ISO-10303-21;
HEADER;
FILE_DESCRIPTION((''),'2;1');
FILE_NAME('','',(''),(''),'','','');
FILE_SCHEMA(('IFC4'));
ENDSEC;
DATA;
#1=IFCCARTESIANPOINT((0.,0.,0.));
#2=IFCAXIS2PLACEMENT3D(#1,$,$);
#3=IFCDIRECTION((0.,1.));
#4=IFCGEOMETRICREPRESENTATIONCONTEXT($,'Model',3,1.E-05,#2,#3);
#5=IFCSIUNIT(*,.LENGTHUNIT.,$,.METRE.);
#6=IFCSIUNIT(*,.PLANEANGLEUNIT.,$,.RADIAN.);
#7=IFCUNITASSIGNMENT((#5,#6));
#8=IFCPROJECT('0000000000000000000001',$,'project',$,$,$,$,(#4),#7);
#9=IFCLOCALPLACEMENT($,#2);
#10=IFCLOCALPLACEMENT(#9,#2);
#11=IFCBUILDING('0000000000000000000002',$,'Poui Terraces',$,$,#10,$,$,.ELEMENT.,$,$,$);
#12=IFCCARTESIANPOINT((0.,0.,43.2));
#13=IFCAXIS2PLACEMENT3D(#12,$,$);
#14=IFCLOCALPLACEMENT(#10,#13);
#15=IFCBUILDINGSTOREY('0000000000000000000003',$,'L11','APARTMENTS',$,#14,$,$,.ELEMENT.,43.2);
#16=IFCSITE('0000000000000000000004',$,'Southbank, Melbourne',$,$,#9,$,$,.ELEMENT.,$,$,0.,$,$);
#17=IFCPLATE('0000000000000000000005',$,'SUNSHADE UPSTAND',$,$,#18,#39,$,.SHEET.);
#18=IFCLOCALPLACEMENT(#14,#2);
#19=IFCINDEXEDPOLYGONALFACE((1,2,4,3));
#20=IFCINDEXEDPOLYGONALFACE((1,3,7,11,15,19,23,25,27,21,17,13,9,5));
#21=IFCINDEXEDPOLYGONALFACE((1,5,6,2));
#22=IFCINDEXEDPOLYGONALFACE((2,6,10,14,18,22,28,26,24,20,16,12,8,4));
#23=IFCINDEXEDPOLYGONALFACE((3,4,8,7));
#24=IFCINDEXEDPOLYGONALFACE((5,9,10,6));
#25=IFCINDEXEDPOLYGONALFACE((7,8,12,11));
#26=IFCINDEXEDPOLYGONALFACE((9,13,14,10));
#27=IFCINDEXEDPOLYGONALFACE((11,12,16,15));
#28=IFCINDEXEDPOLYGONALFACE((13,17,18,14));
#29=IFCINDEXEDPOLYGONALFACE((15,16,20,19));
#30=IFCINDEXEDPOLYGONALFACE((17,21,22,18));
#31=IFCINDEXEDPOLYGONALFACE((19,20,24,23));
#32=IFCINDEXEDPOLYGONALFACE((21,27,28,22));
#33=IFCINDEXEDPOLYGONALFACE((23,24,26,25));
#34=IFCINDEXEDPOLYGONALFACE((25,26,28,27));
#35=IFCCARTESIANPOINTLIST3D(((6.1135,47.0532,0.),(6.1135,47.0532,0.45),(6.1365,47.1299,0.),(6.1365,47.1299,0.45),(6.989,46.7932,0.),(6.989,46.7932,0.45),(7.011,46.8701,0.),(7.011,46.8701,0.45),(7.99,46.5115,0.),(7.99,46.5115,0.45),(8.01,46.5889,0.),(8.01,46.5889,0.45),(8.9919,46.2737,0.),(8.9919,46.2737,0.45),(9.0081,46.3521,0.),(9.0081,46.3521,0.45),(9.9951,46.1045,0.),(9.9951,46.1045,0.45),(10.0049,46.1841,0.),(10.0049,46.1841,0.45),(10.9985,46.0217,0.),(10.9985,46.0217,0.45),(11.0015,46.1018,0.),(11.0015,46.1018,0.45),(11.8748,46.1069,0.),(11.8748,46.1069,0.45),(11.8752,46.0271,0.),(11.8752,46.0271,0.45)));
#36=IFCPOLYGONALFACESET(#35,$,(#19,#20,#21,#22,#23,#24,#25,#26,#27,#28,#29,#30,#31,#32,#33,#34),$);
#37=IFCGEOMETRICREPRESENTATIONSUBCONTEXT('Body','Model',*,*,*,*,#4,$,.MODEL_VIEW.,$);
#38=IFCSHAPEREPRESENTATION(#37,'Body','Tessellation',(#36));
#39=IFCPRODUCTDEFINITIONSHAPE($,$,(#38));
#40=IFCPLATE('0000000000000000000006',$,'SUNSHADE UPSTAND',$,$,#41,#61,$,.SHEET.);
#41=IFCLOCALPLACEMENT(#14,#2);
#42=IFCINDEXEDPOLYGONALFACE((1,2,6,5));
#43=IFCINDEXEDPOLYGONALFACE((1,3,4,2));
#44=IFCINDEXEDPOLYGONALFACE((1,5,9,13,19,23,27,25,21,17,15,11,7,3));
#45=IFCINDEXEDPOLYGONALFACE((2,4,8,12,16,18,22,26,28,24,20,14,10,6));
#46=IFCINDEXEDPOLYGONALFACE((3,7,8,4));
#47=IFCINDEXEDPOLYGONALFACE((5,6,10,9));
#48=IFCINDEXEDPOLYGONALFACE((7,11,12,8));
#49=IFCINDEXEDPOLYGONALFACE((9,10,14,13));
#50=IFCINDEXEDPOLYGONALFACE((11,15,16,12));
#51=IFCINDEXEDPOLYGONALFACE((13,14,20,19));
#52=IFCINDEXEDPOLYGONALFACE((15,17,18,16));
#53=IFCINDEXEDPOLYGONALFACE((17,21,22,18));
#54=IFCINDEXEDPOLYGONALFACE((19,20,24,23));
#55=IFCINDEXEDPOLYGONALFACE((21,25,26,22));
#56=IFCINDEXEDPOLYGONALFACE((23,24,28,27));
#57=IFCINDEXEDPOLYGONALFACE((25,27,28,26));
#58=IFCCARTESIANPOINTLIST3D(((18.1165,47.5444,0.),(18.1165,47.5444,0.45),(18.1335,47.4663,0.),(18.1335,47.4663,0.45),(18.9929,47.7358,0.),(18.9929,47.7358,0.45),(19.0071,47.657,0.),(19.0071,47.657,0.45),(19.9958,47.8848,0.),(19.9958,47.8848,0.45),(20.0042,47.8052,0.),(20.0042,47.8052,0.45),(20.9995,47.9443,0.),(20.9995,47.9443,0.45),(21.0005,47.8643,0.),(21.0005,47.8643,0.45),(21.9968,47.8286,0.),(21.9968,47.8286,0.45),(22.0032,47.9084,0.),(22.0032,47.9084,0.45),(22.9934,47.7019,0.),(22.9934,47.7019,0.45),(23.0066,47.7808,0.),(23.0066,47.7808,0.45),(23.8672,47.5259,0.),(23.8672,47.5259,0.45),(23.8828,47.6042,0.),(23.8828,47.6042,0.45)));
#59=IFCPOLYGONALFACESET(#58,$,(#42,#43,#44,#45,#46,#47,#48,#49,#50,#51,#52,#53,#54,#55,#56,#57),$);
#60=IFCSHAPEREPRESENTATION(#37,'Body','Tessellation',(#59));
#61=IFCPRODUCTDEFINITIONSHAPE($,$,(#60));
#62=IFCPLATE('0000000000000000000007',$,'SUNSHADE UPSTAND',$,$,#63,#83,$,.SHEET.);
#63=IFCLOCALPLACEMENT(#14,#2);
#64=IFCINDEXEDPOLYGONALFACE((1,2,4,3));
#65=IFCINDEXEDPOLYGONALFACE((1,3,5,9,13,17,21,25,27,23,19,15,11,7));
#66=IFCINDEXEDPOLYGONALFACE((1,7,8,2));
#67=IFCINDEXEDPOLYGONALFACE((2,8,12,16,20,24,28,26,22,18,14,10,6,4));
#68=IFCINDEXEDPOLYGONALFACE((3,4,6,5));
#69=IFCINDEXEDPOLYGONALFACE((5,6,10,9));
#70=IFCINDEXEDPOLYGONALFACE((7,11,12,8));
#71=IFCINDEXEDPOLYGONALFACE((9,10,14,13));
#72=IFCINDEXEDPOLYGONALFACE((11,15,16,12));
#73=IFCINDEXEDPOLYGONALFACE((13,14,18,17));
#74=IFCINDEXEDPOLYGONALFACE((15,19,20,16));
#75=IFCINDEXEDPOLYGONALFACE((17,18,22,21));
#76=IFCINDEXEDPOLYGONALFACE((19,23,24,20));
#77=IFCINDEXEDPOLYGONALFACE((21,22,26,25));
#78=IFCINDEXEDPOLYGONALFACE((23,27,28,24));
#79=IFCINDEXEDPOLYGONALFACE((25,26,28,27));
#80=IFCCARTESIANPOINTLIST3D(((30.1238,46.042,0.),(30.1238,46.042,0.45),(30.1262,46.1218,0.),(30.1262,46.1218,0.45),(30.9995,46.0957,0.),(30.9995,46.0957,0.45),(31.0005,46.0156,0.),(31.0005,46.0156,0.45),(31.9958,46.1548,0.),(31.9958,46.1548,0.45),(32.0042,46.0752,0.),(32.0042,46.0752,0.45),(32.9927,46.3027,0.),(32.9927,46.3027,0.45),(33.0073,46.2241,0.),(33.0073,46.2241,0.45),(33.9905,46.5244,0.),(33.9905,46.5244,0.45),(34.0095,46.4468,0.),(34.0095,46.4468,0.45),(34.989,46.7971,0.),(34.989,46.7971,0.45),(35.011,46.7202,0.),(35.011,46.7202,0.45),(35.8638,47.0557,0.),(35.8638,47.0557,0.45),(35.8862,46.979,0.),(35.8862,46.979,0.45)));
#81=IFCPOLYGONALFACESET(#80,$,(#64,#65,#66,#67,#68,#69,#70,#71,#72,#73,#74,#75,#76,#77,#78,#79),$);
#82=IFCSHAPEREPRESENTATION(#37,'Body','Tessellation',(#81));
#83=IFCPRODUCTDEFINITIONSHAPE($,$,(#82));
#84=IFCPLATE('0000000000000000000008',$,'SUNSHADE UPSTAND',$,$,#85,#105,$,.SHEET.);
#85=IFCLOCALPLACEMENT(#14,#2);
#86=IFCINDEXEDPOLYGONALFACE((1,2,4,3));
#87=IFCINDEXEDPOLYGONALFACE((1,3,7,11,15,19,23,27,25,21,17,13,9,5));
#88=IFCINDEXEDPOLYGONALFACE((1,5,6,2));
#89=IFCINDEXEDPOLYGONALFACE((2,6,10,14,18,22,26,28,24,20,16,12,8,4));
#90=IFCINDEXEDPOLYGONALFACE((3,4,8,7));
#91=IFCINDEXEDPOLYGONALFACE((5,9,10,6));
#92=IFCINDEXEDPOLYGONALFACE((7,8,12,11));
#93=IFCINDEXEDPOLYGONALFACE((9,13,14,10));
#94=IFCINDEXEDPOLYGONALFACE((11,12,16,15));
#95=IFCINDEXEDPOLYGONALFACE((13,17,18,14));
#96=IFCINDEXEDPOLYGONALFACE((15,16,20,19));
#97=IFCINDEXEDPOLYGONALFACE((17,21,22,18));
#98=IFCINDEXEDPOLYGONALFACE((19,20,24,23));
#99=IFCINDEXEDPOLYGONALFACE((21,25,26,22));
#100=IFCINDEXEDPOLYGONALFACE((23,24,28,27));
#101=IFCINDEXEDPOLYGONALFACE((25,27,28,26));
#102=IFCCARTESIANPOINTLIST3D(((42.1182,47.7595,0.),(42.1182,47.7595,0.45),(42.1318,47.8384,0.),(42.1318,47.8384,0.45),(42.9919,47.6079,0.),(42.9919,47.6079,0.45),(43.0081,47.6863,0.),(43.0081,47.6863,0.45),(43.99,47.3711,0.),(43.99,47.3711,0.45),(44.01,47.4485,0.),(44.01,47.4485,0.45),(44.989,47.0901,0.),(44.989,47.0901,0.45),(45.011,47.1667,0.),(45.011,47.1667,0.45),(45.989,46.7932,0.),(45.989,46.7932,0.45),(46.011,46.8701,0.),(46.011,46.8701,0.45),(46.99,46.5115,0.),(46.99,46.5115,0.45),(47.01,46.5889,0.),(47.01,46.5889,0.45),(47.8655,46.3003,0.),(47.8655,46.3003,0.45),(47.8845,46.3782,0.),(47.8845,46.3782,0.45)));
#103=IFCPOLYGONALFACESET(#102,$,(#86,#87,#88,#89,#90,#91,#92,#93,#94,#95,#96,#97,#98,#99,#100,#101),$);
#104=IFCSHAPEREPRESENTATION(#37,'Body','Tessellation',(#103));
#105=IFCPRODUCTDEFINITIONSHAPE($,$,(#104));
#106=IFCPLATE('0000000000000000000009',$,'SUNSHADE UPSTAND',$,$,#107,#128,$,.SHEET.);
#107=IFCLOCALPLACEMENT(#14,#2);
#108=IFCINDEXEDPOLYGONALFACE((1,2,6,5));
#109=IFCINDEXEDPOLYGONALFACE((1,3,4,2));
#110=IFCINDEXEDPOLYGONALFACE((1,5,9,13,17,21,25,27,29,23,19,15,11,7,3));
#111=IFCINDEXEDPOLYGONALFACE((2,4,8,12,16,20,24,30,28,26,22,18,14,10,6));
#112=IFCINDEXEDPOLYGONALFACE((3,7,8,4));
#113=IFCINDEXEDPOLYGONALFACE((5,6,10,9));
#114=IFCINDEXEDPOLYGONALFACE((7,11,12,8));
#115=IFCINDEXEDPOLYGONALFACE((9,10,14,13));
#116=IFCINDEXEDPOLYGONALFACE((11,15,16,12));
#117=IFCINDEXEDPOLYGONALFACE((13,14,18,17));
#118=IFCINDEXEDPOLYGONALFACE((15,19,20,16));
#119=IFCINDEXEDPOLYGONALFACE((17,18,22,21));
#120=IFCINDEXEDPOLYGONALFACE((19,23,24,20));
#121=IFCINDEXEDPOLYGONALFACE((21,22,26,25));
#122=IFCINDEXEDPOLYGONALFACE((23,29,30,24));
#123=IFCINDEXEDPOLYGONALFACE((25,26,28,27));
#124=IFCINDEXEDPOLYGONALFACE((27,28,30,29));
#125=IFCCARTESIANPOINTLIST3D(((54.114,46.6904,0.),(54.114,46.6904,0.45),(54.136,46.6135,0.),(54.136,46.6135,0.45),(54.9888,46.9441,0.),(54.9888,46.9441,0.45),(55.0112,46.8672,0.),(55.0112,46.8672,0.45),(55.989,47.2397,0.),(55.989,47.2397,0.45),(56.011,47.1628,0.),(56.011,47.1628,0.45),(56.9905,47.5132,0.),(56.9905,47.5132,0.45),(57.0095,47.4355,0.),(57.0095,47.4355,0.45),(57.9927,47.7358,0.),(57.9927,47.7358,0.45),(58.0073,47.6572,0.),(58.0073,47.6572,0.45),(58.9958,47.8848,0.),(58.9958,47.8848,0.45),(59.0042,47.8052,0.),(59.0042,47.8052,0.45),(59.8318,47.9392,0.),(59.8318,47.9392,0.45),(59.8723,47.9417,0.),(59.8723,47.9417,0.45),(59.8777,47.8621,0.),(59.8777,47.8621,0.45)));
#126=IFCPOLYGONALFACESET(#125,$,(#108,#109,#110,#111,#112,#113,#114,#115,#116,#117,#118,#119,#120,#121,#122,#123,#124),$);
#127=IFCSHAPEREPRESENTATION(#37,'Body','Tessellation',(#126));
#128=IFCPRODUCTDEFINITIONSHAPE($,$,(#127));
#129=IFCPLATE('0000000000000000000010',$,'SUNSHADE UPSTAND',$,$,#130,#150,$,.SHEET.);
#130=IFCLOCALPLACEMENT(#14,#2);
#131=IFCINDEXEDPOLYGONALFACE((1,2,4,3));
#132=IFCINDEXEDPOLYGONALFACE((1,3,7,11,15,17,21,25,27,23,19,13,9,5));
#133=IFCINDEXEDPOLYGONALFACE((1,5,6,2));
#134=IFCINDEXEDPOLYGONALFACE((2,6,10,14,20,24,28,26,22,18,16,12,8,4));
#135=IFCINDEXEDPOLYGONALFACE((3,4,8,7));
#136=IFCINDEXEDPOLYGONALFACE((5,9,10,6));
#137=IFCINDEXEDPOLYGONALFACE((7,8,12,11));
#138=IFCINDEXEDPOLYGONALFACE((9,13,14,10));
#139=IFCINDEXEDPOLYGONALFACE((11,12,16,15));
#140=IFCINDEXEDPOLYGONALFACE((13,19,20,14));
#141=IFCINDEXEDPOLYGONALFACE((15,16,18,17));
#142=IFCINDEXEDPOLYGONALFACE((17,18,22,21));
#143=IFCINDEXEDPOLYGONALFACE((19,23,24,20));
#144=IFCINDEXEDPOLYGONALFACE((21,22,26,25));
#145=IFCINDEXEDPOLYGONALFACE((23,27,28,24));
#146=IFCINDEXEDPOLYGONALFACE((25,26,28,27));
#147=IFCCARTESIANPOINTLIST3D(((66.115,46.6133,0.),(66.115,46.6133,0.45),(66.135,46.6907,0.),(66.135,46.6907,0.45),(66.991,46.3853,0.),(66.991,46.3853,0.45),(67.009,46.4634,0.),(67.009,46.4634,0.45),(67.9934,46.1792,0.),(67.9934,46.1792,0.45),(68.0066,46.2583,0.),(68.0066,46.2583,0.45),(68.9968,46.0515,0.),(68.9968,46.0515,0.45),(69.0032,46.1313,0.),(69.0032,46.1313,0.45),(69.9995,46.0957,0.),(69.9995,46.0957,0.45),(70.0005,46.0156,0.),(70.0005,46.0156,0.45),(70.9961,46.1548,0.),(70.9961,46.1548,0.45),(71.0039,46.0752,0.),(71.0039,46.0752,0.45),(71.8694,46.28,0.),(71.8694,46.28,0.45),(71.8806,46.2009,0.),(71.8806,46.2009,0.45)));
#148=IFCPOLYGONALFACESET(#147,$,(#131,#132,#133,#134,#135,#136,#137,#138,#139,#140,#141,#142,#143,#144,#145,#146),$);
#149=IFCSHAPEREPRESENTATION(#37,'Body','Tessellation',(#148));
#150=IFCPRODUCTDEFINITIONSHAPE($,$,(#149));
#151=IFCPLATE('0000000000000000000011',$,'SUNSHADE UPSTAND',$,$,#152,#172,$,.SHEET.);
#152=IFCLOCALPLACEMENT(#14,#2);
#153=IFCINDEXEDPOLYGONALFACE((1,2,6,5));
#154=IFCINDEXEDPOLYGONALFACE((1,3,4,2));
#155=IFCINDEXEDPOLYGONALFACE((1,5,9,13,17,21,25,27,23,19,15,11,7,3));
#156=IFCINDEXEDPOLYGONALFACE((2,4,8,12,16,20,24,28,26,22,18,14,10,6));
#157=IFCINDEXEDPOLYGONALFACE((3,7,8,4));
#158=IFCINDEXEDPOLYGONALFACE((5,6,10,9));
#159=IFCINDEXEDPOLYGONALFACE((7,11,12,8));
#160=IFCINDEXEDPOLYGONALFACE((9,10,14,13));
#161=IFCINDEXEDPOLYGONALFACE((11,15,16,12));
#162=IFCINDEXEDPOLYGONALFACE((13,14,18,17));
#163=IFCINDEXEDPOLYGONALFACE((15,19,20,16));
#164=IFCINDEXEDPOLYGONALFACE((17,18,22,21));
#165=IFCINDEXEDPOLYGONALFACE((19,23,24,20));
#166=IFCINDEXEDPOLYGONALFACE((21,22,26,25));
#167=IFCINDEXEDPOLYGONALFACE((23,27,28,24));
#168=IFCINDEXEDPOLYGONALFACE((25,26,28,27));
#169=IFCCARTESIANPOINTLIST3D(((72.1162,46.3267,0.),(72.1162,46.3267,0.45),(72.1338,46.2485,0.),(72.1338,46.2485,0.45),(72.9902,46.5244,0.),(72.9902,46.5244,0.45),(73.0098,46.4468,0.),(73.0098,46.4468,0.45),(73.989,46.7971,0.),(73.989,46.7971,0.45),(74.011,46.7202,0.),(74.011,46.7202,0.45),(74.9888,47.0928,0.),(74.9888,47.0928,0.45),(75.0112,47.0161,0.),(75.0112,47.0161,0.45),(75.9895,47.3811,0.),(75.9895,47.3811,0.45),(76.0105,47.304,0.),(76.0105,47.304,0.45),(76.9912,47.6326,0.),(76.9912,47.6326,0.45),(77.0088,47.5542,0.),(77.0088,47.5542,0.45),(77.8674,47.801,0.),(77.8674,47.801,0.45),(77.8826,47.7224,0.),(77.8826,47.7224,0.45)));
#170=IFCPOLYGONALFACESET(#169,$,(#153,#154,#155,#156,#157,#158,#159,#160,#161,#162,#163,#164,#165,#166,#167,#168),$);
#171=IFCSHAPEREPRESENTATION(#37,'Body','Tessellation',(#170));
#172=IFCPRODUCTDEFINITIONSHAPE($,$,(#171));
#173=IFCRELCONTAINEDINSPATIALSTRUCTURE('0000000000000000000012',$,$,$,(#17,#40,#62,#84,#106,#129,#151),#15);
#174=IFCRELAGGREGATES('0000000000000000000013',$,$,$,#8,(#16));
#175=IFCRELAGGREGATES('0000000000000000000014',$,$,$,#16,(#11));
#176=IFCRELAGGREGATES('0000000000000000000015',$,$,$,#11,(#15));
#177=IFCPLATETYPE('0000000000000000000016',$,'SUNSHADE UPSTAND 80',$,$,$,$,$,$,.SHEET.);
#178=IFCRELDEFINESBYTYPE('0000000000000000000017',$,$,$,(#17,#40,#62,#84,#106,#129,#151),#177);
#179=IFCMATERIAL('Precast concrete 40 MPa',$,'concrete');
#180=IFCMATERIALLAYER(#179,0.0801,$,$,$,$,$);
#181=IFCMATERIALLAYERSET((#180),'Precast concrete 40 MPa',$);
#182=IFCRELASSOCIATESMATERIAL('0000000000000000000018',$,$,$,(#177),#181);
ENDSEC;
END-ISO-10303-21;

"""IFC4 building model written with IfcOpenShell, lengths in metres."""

from ifc_helpers import new_model, si_unit, direction, frame, origin, place, context, subcontext, project, spatial, polyline, outline, extrude, material, layer, layer_set, type_object, element, save


model = new_model("IFC4")

# Units and contexts
model_context = context("Model", 3, precision=1e-05, world=origin(), true_north=direction((0.0, 1.0)))
body_context = subcontext(model_context, "Body", "Model", "MODEL_VIEW")
ifc_project = project(units=[si_unit("LENGTHUNIT", "METRE"), si_unit("PLANEANGLEUNIT", "RADIAN")], contexts=[model_context])

# Site, building, storey
site_placement = place(None, origin())
site = spatial("IfcSite", under=ifc_project, at=site_placement, Name="Southbank, Melbourne", CompositionType="ELEMENT", RefElevation=0.0)
building_placement = place(site_placement, origin())
building = spatial("IfcBuilding", under=site, at=building_placement, Name="Poui Terraces", CompositionType="ELEMENT")
storey_placement = place(building_placement, frame((0.0, 0.0, 43.2)))
storey = spatial("IfcBuildingStorey", under=building, at=storey_placement, Name="L11", Description="APARTMENTS", CompositionType="ELEMENT", Elevation=43.2)

# Shared definitions
ifc_material_1 = material(Name="Precast concrete 40 MPa", Category="concrete")

# Plates
ifc_layer_1 = layer(ifc_material_1, 0.0801)
ifc_layer_set_1 = layer_set([ifc_layer_1], Name="Precast concrete 40 MPa")
plate_type = type_object("IfcPlateType", Name="SUNSHADE UPSTAND 80", PredefinedType="SHEET", material=ifc_layer_set_1)
plate_1_placement = place(storey_placement, origin())
element("IfcPlate", 1, at=plate_1_placement, inside=storey, type_object=plate_type, Name="SUNSHADE UPSTAND", PredefinedType="SHEET", context=body_context, shape_type="SweptSolid", body=[
    extrude(outline(polyline([(7.011, 46.8701), (6.1365, 47.1299), (6.1135, 47.0532), (6.989, 46.7932), (7.99, 46.5115), (8.9919, 46.2737), (9.9951, 46.1045), (10.9985, 46.0217), (11.8752, 46.0271), (11.8748, 46.1069), (11.0015, 46.1018), (10.0049, 46.1841), (9.0081, 46.3521), (8.01, 46.5889), (7.011, 46.8701)])), origin(), (0.0, 0.0, 1.0), 0.45),
])
plate_2_placement = place(storey_placement, origin())
element("IfcPlate", 2, at=plate_2_placement, inside=storey, type_object=plate_type, Name="SUNSHADE UPSTAND", PredefinedType="SHEET", context=body_context, shape_type="SweptSolid", body=[
    extrude(outline(polyline([(18.9929, 47.7358), (18.1165, 47.5444), (18.1335, 47.4663), (19.0071, 47.657), (20.0042, 47.8052), (21.0005, 47.8643), (21.9968, 47.8286), (22.9934, 47.7019), (23.8672, 47.5259), (23.8828, 47.6042), (23.0066, 47.7808), (22.0032, 47.9084), (20.9995, 47.9443), (19.9958, 47.8848), (18.9929, 47.7358)])), origin(), (0.0, 0.0, 1.0), 0.45),
])
plate_3_placement = place(storey_placement, origin())
element("IfcPlate", 3, at=plate_3_placement, inside=storey, type_object=plate_type, Name="SUNSHADE UPSTAND", PredefinedType="SHEET", context=body_context, shape_type="SweptSolid", body=[
    extrude(outline(polyline([(30.9995, 46.0957), (30.1262, 46.1218), (30.1238, 46.042), (31.0005, 46.0156), (32.0042, 46.0752), (33.0073, 46.2241), (34.0095, 46.4468), (35.011, 46.7202), (35.8862, 46.979), (35.8638, 47.0557), (34.989, 46.7971), (33.9905, 46.5244), (32.9927, 46.3027), (31.9958, 46.1548), (30.9995, 46.0957)])), origin(), (0.0, 0.0, 1.0), 0.45),
])
plate_4_placement = place(storey_placement, origin())
element("IfcPlate", 4, at=plate_4_placement, inside=storey, type_object=plate_type, Name="SUNSHADE UPSTAND", PredefinedType="SHEET", context=body_context, shape_type="SweptSolid", body=[
    extrude(outline(polyline([(43.0081, 47.6863), (42.1318, 47.8384), (42.1182, 47.7595), (42.9919, 47.6079), (43.99, 47.3711), (44.989, 47.0901), (45.989, 46.7932), (46.99, 46.5115), (47.8655, 46.3003), (47.8845, 46.3782), (47.01, 46.5889), (46.011, 46.8701), (45.011, 47.1667), (44.01, 47.4485), (43.0081, 47.6863)])), origin(), (0.0, 0.0, 1.0), 0.45),
])
plate_5_placement = place(storey_placement, origin())
element("IfcPlate", 5, at=plate_5_placement, inside=storey, type_object=plate_type, Name="SUNSHADE UPSTAND", PredefinedType="SHEET", context=body_context, shape_type="SweptSolid", body=[
    extrude(outline(polyline([(54.9888, 46.9441), (54.114, 46.6904), (54.136, 46.6135), (55.0112, 46.8672), (56.011, 47.1628), (57.0095, 47.4355), (58.0073, 47.6572), (59.0042, 47.8052), (59.8777, 47.8621), (59.8723, 47.9417), (59.8318, 47.9392), (58.9958, 47.8848), (57.9927, 47.7358), (56.9905, 47.5132), (55.989, 47.2397), (54.9888, 46.9441)])), origin(), (0.0, 0.0, 1.0), 0.45),
])
plate_6_placement = place(storey_placement, origin())
element("IfcPlate", 6, at=plate_6_placement, inside=storey, type_object=plate_type, Name="SUNSHADE UPSTAND", PredefinedType="SHEET", context=body_context, shape_type="SweptSolid", body=[
    extrude(outline(polyline([(67.009, 46.4634), (66.135, 46.6907), (66.115, 46.6133), (66.991, 46.3853), (67.9934, 46.1792), (68.9968, 46.0515), (70.0005, 46.0156), (71.0039, 46.0752), (71.8806, 46.2009), (71.8694, 46.28), (70.9961, 46.1548), (69.9995, 46.0957), (69.0032, 46.1313), (68.0066, 46.2583), (67.009, 46.4634)])), origin(), (0.0, 0.0, 1.0), 0.45),
])
plate_7_placement = place(storey_placement, origin())
element("IfcPlate", 7, at=plate_7_placement, inside=storey, type_object=plate_type, Name="SUNSHADE UPSTAND", PredefinedType="SHEET", context=body_context, shape_type="SweptSolid", body=[
    extrude(outline(polyline([(72.9902, 46.5244), (72.1162, 46.3267), (72.1338, 46.2485), (73.0098, 46.4468), (74.011, 46.7202), (75.0112, 47.0161), (76.0105, 47.304), (77.0088, 47.5542), (77.8826, 47.7224), (77.8674, 47.801), (76.9912, 47.6326), (75.9895, 47.3811), (74.9888, 47.0928), (73.989, 46.7971), (72.9902, 46.5244)])), origin(), (0.0, 0.0, 1.0), 0.45),
])

save(model, "model.ifc")
